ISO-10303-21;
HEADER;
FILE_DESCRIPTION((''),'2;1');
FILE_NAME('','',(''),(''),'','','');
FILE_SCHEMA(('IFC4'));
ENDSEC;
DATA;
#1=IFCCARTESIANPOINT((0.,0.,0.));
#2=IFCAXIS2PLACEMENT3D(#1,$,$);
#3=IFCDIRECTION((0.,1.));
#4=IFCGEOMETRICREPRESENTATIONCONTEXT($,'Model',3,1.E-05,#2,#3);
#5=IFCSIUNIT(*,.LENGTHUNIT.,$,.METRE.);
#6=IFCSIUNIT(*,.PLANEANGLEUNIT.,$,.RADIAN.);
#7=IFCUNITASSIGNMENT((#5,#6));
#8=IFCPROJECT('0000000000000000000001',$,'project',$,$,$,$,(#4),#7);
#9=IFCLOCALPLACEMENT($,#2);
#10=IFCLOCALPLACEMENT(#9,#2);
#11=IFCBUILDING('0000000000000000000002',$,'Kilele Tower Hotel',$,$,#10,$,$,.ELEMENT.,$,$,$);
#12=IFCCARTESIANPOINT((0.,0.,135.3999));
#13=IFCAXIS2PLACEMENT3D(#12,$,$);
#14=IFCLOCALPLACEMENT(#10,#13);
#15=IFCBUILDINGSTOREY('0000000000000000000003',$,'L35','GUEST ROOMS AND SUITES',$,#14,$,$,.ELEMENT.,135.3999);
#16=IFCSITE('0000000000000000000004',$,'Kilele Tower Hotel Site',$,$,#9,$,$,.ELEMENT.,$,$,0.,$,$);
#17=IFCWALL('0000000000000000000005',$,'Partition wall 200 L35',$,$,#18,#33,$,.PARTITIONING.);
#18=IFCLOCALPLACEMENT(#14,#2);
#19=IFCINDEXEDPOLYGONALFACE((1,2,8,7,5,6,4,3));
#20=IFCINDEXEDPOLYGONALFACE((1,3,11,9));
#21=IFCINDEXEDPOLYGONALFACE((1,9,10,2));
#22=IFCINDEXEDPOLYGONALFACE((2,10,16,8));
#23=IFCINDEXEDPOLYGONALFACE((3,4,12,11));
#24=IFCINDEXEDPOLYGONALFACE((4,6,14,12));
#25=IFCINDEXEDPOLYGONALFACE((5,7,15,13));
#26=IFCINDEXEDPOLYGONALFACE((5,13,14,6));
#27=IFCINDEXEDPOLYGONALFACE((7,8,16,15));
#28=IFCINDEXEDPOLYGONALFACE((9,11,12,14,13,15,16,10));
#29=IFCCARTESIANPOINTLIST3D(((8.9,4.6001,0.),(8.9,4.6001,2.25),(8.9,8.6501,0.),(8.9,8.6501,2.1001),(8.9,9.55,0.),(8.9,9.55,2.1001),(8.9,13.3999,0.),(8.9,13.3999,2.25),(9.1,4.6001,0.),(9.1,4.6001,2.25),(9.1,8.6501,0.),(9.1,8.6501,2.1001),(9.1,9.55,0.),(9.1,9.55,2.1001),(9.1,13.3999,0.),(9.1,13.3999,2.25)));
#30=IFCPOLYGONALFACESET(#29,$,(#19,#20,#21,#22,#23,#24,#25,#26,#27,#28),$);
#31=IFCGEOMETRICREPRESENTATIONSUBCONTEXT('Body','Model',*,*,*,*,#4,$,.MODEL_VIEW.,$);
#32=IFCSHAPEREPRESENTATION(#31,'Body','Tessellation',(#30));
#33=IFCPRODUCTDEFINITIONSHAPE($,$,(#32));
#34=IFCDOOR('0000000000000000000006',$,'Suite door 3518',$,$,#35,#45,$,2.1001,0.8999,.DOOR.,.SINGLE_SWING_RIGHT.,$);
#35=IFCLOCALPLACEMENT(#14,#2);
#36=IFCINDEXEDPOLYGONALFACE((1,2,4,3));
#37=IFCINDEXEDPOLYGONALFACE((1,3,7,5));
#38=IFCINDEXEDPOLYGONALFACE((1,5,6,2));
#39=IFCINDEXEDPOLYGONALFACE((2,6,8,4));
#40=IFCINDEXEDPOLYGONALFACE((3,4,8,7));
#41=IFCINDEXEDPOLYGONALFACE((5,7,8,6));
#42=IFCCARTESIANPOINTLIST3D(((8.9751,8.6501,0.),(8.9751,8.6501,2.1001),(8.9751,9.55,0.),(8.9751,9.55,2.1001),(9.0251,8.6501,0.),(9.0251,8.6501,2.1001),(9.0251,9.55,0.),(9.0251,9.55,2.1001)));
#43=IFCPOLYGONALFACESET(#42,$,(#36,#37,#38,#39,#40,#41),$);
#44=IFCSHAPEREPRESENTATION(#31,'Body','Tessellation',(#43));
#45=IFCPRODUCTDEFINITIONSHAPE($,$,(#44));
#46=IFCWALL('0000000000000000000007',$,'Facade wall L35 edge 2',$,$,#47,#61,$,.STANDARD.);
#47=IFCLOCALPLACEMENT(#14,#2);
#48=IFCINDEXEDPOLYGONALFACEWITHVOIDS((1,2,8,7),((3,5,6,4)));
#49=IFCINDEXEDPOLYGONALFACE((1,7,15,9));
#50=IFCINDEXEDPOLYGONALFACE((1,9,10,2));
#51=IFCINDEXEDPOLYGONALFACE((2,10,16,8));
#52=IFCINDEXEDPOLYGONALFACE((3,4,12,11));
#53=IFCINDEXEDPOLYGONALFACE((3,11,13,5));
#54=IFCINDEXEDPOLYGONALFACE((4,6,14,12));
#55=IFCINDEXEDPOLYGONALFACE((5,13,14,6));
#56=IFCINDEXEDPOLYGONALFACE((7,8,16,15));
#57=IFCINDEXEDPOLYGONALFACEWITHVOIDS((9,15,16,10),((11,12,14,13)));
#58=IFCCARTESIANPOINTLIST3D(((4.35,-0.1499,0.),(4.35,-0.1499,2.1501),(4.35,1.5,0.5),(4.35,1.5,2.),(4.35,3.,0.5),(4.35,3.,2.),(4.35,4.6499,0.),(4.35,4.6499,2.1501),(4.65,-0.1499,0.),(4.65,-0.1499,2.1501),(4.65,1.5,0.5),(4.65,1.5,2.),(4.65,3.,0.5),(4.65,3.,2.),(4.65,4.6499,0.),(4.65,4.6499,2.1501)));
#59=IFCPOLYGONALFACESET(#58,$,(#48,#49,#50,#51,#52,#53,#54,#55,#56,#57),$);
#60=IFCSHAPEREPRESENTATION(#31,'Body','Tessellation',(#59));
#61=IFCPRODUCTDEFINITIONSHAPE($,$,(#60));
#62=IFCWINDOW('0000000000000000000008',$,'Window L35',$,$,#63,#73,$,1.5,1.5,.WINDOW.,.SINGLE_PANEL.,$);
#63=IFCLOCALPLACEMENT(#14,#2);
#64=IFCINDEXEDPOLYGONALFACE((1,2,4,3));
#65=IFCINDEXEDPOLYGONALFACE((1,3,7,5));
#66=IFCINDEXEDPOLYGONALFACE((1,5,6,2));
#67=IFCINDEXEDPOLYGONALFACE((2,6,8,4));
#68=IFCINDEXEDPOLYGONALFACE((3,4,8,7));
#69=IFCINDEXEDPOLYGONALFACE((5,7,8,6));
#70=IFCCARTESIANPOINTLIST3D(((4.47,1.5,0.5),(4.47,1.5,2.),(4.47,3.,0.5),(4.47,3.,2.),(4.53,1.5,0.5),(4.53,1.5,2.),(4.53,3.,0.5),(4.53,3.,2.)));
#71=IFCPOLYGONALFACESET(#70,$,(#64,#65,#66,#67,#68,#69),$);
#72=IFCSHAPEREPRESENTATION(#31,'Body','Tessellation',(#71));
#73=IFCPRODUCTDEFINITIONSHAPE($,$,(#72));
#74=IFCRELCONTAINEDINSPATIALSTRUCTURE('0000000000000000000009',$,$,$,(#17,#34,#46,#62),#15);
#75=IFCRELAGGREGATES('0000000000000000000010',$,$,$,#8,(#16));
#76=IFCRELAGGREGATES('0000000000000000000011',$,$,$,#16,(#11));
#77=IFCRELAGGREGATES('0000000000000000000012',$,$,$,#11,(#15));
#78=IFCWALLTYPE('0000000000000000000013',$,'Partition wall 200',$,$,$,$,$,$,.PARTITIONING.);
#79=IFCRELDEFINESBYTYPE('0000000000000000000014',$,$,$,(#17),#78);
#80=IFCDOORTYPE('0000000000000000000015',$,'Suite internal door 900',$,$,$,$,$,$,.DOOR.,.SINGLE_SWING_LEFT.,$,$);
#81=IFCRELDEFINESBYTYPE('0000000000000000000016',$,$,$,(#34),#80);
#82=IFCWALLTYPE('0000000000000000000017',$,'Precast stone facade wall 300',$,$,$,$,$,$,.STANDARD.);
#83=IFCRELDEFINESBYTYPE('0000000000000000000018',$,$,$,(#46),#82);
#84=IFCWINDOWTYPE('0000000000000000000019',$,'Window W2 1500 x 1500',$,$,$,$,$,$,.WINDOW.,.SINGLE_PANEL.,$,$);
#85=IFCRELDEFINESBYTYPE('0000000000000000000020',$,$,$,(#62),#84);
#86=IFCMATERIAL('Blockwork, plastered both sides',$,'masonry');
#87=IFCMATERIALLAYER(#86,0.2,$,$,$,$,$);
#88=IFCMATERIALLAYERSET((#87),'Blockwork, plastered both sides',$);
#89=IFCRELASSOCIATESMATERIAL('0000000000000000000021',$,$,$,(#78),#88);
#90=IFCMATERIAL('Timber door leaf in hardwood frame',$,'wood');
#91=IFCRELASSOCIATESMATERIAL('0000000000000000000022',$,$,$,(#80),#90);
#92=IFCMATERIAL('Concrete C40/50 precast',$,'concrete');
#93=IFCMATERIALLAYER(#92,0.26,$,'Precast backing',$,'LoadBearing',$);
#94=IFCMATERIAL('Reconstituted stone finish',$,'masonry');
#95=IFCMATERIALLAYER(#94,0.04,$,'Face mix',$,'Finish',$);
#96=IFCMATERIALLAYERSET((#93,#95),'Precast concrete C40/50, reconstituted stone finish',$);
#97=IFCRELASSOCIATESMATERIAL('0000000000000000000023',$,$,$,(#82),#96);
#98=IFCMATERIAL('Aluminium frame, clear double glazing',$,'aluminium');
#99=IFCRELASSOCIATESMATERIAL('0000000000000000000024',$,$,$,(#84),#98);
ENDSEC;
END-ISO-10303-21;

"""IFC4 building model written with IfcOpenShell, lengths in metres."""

from ifc_helpers import new_model, si_unit, direction, frame, frame_2d, origin, place, context, subcontext, project, spatial, rectangle, extrude, material, layer, layer_set, type_object, element, fill, save


model = new_model("IFC4")

# Units and contexts
model_context = context("Model", 3, precision=1e-05, world=origin(), true_north=direction((0.0, 1.0)))
body_context = subcontext(model_context, "Body", "Model", "MODEL_VIEW")
ifc_project = project(units=[si_unit("LENGTHUNIT", "METRE"), si_unit("PLANEANGLEUNIT", "RADIAN")], contexts=[model_context])

# Site, building, storey
site_placement = place(None, origin())
site = spatial("IfcSite", under=ifc_project, at=site_placement, Name="Kilele Tower Hotel Site", CompositionType="ELEMENT", RefElevation=0.0)
building_placement = place(site_placement, origin())
building = spatial("IfcBuilding", under=site, at=building_placement, Name="Kilele Tower Hotel", CompositionType="ELEMENT")
storey_placement = place(building_placement, frame((0.0, 0.0, 135.3999)))
storey = spatial("IfcBuildingStorey", under=building, at=storey_placement, Name="L35", Description="GUEST ROOMS AND SUITES", CompositionType="ELEMENT", Elevation=135.3999)

# Wall, opening, door
ifc_material_1 = material(Name="Blockwork, plastered both sides", Category="masonry")
ifc_layer_1 = layer(ifc_material_1, 0.2)
ifc_layer_set_1 = layer_set([ifc_layer_1], Name="Blockwork, plastered both sides")
wall_type_1 = type_object("IfcWallType", Name="Partition wall 200", PredefinedType="PARTITIONING", material=ifc_layer_set_1)
wall_1_placement = place(storey_placement, frame((9.0, 4.6001, 0.0), z_axis=(0.0, 0.0, 1.0), x_axis=(0.0, 1.0, 0.0)))
wall_1 = element("IfcWall", 1, at=wall_1_placement, inside=storey, type_object=wall_type_1, Name="Partition wall 200 L35", PredefinedType="PARTITIONING", context=body_context, shape_type="SweptSolid", body=[
    extrude(rectangle(XDim=8.7998, YDim=0.2, at=frame_2d((4.3999, 0.0))), origin(), (0.0, 0.0, 1.0), 2.25),
])
opening_1_placement = place(wall_1_placement, frame((4.05, 0.0, 0.0)))
opening_1 = element("IfcOpeningElement", 2, at=opening_1_placement, cuts=wall_1, PredefinedType="OPENING", context=body_context, shape_type="SweptSolid", body=[
    extrude(rectangle(XDim=0.8999, YDim=2.1001, at=frame_2d((0.45, 1.05))), frame((0.0, 0.1099, 0.0), z_axis=(0.0, -1.0, 0.0), x_axis=(1.0, 0.0, 0.0)), (0.0, 0.0, 1.0), 0.22),
])
ifc_material_2 = material(Name="Timber door leaf in hardwood frame", Category="wood")
door_type = type_object("IfcDoorType", Name="Suite internal door 900", OperationType="SINGLE_SWING_LEFT", PredefinedType="DOOR", material=ifc_material_2)
door_placement = place(opening_1_placement, origin())
door = element("IfcDoor", 3, at=door_placement, inside=storey, type_object=door_type, Name="Suite door 3518", OperationType="SINGLE_SWING_RIGHT", OverallHeight=2.1001, OverallWidth=0.8999, PredefinedType="DOOR", context=body_context, shape_type="SweptSolid", body=[
    extrude(rectangle(XDim=0.8999, YDim=2.1001, at=frame_2d((0.45, 1.05))), frame((0.0, 0.0249, 0.0), z_axis=(0.0, -1.0, 0.0), x_axis=(1.0, 0.0, 0.0)), (0.0, 0.0, 1.0), 0.05),
])
fill(opening_1, door)

# Wall, opening, window
ifc_material_3 = material(Name="Concrete C40/50 precast", Category="concrete")
ifc_layer_2 = layer(ifc_material_3, 0.26, Name="Precast backing", Category="LoadBearing")
ifc_material_4 = material(Name="Reconstituted stone finish", Category="masonry")
ifc_layer_3 = layer(ifc_material_4, 0.04, Name="Face mix", Category="Finish")
ifc_layer_set_2 = layer_set([ifc_layer_2, ifc_layer_3], Name="Precast concrete C40/50, reconstituted stone finish")
wall_type_2 = type_object("IfcWallType", Name="Precast stone facade wall 300", PredefinedType="STANDARD", material=ifc_layer_set_2)
wall_2_placement = place(storey_placement, frame((4.5, 4.6499, 0.0), z_axis=(0.0, 0.0, 1.0), x_axis=(0.0, -1.0, 0.0)))
wall_2 = element("IfcWall", 4, at=wall_2_placement, inside=storey, type_object=wall_type_2, Name="Facade wall L35 edge 2", PredefinedType="STANDARD", context=body_context, shape_type="SweptSolid", body=[
    extrude(rectangle(XDim=4.7998, YDim=0.3, at=frame_2d((2.3999, 0.0))), origin(), (0.0, 0.0, 1.0), 2.1501),
])
opening_2_placement = place(wall_2_placement, frame((1.6499, 0.0, 0.5)))
opening_2 = element("IfcOpeningElement", 5, at=opening_2_placement, cuts=wall_2, PredefinedType="OPENING", context=body_context, shape_type="SweptSolid", body=[
    extrude(rectangle(XDim=1.5, YDim=1.5, at=frame_2d((0.75, 0.75))), frame((0.0, 0.1599, 0.0), z_axis=(0.0, -1.0, 0.0), x_axis=(1.0, 0.0, 0.0)), (0.0, 0.0, 1.0), 0.3201),
])
ifc_material_5 = material(Name="Aluminium frame, clear double glazing", Category="aluminium")
window_type = type_object("IfcWindowType", Name="Window W2 1500 x 1500", PartitioningType="SINGLE_PANEL", PredefinedType="WINDOW", material=ifc_material_5)
window_placement = place(opening_2_placement, origin())
window = element("IfcWindow", 6, at=window_placement, inside=storey, type_object=window_type, Name="Window L35", OverallHeight=1.5, OverallWidth=1.5, PartitioningType="SINGLE_PANEL", PredefinedType="WINDOW", context=body_context, shape_type="SweptSolid", body=[
    extrude(rectangle(XDim=1.5, YDim=1.5, at=frame_2d((0.75, 0.75))), frame((0.0, 0.03, 0.0), z_axis=(0.0, -1.0, 0.0), x_axis=(1.0, 0.0, 0.0)), (0.0, 0.0, 1.0), 0.0601),
])
fill(opening_2, window)

save(model, "model.ifc")
